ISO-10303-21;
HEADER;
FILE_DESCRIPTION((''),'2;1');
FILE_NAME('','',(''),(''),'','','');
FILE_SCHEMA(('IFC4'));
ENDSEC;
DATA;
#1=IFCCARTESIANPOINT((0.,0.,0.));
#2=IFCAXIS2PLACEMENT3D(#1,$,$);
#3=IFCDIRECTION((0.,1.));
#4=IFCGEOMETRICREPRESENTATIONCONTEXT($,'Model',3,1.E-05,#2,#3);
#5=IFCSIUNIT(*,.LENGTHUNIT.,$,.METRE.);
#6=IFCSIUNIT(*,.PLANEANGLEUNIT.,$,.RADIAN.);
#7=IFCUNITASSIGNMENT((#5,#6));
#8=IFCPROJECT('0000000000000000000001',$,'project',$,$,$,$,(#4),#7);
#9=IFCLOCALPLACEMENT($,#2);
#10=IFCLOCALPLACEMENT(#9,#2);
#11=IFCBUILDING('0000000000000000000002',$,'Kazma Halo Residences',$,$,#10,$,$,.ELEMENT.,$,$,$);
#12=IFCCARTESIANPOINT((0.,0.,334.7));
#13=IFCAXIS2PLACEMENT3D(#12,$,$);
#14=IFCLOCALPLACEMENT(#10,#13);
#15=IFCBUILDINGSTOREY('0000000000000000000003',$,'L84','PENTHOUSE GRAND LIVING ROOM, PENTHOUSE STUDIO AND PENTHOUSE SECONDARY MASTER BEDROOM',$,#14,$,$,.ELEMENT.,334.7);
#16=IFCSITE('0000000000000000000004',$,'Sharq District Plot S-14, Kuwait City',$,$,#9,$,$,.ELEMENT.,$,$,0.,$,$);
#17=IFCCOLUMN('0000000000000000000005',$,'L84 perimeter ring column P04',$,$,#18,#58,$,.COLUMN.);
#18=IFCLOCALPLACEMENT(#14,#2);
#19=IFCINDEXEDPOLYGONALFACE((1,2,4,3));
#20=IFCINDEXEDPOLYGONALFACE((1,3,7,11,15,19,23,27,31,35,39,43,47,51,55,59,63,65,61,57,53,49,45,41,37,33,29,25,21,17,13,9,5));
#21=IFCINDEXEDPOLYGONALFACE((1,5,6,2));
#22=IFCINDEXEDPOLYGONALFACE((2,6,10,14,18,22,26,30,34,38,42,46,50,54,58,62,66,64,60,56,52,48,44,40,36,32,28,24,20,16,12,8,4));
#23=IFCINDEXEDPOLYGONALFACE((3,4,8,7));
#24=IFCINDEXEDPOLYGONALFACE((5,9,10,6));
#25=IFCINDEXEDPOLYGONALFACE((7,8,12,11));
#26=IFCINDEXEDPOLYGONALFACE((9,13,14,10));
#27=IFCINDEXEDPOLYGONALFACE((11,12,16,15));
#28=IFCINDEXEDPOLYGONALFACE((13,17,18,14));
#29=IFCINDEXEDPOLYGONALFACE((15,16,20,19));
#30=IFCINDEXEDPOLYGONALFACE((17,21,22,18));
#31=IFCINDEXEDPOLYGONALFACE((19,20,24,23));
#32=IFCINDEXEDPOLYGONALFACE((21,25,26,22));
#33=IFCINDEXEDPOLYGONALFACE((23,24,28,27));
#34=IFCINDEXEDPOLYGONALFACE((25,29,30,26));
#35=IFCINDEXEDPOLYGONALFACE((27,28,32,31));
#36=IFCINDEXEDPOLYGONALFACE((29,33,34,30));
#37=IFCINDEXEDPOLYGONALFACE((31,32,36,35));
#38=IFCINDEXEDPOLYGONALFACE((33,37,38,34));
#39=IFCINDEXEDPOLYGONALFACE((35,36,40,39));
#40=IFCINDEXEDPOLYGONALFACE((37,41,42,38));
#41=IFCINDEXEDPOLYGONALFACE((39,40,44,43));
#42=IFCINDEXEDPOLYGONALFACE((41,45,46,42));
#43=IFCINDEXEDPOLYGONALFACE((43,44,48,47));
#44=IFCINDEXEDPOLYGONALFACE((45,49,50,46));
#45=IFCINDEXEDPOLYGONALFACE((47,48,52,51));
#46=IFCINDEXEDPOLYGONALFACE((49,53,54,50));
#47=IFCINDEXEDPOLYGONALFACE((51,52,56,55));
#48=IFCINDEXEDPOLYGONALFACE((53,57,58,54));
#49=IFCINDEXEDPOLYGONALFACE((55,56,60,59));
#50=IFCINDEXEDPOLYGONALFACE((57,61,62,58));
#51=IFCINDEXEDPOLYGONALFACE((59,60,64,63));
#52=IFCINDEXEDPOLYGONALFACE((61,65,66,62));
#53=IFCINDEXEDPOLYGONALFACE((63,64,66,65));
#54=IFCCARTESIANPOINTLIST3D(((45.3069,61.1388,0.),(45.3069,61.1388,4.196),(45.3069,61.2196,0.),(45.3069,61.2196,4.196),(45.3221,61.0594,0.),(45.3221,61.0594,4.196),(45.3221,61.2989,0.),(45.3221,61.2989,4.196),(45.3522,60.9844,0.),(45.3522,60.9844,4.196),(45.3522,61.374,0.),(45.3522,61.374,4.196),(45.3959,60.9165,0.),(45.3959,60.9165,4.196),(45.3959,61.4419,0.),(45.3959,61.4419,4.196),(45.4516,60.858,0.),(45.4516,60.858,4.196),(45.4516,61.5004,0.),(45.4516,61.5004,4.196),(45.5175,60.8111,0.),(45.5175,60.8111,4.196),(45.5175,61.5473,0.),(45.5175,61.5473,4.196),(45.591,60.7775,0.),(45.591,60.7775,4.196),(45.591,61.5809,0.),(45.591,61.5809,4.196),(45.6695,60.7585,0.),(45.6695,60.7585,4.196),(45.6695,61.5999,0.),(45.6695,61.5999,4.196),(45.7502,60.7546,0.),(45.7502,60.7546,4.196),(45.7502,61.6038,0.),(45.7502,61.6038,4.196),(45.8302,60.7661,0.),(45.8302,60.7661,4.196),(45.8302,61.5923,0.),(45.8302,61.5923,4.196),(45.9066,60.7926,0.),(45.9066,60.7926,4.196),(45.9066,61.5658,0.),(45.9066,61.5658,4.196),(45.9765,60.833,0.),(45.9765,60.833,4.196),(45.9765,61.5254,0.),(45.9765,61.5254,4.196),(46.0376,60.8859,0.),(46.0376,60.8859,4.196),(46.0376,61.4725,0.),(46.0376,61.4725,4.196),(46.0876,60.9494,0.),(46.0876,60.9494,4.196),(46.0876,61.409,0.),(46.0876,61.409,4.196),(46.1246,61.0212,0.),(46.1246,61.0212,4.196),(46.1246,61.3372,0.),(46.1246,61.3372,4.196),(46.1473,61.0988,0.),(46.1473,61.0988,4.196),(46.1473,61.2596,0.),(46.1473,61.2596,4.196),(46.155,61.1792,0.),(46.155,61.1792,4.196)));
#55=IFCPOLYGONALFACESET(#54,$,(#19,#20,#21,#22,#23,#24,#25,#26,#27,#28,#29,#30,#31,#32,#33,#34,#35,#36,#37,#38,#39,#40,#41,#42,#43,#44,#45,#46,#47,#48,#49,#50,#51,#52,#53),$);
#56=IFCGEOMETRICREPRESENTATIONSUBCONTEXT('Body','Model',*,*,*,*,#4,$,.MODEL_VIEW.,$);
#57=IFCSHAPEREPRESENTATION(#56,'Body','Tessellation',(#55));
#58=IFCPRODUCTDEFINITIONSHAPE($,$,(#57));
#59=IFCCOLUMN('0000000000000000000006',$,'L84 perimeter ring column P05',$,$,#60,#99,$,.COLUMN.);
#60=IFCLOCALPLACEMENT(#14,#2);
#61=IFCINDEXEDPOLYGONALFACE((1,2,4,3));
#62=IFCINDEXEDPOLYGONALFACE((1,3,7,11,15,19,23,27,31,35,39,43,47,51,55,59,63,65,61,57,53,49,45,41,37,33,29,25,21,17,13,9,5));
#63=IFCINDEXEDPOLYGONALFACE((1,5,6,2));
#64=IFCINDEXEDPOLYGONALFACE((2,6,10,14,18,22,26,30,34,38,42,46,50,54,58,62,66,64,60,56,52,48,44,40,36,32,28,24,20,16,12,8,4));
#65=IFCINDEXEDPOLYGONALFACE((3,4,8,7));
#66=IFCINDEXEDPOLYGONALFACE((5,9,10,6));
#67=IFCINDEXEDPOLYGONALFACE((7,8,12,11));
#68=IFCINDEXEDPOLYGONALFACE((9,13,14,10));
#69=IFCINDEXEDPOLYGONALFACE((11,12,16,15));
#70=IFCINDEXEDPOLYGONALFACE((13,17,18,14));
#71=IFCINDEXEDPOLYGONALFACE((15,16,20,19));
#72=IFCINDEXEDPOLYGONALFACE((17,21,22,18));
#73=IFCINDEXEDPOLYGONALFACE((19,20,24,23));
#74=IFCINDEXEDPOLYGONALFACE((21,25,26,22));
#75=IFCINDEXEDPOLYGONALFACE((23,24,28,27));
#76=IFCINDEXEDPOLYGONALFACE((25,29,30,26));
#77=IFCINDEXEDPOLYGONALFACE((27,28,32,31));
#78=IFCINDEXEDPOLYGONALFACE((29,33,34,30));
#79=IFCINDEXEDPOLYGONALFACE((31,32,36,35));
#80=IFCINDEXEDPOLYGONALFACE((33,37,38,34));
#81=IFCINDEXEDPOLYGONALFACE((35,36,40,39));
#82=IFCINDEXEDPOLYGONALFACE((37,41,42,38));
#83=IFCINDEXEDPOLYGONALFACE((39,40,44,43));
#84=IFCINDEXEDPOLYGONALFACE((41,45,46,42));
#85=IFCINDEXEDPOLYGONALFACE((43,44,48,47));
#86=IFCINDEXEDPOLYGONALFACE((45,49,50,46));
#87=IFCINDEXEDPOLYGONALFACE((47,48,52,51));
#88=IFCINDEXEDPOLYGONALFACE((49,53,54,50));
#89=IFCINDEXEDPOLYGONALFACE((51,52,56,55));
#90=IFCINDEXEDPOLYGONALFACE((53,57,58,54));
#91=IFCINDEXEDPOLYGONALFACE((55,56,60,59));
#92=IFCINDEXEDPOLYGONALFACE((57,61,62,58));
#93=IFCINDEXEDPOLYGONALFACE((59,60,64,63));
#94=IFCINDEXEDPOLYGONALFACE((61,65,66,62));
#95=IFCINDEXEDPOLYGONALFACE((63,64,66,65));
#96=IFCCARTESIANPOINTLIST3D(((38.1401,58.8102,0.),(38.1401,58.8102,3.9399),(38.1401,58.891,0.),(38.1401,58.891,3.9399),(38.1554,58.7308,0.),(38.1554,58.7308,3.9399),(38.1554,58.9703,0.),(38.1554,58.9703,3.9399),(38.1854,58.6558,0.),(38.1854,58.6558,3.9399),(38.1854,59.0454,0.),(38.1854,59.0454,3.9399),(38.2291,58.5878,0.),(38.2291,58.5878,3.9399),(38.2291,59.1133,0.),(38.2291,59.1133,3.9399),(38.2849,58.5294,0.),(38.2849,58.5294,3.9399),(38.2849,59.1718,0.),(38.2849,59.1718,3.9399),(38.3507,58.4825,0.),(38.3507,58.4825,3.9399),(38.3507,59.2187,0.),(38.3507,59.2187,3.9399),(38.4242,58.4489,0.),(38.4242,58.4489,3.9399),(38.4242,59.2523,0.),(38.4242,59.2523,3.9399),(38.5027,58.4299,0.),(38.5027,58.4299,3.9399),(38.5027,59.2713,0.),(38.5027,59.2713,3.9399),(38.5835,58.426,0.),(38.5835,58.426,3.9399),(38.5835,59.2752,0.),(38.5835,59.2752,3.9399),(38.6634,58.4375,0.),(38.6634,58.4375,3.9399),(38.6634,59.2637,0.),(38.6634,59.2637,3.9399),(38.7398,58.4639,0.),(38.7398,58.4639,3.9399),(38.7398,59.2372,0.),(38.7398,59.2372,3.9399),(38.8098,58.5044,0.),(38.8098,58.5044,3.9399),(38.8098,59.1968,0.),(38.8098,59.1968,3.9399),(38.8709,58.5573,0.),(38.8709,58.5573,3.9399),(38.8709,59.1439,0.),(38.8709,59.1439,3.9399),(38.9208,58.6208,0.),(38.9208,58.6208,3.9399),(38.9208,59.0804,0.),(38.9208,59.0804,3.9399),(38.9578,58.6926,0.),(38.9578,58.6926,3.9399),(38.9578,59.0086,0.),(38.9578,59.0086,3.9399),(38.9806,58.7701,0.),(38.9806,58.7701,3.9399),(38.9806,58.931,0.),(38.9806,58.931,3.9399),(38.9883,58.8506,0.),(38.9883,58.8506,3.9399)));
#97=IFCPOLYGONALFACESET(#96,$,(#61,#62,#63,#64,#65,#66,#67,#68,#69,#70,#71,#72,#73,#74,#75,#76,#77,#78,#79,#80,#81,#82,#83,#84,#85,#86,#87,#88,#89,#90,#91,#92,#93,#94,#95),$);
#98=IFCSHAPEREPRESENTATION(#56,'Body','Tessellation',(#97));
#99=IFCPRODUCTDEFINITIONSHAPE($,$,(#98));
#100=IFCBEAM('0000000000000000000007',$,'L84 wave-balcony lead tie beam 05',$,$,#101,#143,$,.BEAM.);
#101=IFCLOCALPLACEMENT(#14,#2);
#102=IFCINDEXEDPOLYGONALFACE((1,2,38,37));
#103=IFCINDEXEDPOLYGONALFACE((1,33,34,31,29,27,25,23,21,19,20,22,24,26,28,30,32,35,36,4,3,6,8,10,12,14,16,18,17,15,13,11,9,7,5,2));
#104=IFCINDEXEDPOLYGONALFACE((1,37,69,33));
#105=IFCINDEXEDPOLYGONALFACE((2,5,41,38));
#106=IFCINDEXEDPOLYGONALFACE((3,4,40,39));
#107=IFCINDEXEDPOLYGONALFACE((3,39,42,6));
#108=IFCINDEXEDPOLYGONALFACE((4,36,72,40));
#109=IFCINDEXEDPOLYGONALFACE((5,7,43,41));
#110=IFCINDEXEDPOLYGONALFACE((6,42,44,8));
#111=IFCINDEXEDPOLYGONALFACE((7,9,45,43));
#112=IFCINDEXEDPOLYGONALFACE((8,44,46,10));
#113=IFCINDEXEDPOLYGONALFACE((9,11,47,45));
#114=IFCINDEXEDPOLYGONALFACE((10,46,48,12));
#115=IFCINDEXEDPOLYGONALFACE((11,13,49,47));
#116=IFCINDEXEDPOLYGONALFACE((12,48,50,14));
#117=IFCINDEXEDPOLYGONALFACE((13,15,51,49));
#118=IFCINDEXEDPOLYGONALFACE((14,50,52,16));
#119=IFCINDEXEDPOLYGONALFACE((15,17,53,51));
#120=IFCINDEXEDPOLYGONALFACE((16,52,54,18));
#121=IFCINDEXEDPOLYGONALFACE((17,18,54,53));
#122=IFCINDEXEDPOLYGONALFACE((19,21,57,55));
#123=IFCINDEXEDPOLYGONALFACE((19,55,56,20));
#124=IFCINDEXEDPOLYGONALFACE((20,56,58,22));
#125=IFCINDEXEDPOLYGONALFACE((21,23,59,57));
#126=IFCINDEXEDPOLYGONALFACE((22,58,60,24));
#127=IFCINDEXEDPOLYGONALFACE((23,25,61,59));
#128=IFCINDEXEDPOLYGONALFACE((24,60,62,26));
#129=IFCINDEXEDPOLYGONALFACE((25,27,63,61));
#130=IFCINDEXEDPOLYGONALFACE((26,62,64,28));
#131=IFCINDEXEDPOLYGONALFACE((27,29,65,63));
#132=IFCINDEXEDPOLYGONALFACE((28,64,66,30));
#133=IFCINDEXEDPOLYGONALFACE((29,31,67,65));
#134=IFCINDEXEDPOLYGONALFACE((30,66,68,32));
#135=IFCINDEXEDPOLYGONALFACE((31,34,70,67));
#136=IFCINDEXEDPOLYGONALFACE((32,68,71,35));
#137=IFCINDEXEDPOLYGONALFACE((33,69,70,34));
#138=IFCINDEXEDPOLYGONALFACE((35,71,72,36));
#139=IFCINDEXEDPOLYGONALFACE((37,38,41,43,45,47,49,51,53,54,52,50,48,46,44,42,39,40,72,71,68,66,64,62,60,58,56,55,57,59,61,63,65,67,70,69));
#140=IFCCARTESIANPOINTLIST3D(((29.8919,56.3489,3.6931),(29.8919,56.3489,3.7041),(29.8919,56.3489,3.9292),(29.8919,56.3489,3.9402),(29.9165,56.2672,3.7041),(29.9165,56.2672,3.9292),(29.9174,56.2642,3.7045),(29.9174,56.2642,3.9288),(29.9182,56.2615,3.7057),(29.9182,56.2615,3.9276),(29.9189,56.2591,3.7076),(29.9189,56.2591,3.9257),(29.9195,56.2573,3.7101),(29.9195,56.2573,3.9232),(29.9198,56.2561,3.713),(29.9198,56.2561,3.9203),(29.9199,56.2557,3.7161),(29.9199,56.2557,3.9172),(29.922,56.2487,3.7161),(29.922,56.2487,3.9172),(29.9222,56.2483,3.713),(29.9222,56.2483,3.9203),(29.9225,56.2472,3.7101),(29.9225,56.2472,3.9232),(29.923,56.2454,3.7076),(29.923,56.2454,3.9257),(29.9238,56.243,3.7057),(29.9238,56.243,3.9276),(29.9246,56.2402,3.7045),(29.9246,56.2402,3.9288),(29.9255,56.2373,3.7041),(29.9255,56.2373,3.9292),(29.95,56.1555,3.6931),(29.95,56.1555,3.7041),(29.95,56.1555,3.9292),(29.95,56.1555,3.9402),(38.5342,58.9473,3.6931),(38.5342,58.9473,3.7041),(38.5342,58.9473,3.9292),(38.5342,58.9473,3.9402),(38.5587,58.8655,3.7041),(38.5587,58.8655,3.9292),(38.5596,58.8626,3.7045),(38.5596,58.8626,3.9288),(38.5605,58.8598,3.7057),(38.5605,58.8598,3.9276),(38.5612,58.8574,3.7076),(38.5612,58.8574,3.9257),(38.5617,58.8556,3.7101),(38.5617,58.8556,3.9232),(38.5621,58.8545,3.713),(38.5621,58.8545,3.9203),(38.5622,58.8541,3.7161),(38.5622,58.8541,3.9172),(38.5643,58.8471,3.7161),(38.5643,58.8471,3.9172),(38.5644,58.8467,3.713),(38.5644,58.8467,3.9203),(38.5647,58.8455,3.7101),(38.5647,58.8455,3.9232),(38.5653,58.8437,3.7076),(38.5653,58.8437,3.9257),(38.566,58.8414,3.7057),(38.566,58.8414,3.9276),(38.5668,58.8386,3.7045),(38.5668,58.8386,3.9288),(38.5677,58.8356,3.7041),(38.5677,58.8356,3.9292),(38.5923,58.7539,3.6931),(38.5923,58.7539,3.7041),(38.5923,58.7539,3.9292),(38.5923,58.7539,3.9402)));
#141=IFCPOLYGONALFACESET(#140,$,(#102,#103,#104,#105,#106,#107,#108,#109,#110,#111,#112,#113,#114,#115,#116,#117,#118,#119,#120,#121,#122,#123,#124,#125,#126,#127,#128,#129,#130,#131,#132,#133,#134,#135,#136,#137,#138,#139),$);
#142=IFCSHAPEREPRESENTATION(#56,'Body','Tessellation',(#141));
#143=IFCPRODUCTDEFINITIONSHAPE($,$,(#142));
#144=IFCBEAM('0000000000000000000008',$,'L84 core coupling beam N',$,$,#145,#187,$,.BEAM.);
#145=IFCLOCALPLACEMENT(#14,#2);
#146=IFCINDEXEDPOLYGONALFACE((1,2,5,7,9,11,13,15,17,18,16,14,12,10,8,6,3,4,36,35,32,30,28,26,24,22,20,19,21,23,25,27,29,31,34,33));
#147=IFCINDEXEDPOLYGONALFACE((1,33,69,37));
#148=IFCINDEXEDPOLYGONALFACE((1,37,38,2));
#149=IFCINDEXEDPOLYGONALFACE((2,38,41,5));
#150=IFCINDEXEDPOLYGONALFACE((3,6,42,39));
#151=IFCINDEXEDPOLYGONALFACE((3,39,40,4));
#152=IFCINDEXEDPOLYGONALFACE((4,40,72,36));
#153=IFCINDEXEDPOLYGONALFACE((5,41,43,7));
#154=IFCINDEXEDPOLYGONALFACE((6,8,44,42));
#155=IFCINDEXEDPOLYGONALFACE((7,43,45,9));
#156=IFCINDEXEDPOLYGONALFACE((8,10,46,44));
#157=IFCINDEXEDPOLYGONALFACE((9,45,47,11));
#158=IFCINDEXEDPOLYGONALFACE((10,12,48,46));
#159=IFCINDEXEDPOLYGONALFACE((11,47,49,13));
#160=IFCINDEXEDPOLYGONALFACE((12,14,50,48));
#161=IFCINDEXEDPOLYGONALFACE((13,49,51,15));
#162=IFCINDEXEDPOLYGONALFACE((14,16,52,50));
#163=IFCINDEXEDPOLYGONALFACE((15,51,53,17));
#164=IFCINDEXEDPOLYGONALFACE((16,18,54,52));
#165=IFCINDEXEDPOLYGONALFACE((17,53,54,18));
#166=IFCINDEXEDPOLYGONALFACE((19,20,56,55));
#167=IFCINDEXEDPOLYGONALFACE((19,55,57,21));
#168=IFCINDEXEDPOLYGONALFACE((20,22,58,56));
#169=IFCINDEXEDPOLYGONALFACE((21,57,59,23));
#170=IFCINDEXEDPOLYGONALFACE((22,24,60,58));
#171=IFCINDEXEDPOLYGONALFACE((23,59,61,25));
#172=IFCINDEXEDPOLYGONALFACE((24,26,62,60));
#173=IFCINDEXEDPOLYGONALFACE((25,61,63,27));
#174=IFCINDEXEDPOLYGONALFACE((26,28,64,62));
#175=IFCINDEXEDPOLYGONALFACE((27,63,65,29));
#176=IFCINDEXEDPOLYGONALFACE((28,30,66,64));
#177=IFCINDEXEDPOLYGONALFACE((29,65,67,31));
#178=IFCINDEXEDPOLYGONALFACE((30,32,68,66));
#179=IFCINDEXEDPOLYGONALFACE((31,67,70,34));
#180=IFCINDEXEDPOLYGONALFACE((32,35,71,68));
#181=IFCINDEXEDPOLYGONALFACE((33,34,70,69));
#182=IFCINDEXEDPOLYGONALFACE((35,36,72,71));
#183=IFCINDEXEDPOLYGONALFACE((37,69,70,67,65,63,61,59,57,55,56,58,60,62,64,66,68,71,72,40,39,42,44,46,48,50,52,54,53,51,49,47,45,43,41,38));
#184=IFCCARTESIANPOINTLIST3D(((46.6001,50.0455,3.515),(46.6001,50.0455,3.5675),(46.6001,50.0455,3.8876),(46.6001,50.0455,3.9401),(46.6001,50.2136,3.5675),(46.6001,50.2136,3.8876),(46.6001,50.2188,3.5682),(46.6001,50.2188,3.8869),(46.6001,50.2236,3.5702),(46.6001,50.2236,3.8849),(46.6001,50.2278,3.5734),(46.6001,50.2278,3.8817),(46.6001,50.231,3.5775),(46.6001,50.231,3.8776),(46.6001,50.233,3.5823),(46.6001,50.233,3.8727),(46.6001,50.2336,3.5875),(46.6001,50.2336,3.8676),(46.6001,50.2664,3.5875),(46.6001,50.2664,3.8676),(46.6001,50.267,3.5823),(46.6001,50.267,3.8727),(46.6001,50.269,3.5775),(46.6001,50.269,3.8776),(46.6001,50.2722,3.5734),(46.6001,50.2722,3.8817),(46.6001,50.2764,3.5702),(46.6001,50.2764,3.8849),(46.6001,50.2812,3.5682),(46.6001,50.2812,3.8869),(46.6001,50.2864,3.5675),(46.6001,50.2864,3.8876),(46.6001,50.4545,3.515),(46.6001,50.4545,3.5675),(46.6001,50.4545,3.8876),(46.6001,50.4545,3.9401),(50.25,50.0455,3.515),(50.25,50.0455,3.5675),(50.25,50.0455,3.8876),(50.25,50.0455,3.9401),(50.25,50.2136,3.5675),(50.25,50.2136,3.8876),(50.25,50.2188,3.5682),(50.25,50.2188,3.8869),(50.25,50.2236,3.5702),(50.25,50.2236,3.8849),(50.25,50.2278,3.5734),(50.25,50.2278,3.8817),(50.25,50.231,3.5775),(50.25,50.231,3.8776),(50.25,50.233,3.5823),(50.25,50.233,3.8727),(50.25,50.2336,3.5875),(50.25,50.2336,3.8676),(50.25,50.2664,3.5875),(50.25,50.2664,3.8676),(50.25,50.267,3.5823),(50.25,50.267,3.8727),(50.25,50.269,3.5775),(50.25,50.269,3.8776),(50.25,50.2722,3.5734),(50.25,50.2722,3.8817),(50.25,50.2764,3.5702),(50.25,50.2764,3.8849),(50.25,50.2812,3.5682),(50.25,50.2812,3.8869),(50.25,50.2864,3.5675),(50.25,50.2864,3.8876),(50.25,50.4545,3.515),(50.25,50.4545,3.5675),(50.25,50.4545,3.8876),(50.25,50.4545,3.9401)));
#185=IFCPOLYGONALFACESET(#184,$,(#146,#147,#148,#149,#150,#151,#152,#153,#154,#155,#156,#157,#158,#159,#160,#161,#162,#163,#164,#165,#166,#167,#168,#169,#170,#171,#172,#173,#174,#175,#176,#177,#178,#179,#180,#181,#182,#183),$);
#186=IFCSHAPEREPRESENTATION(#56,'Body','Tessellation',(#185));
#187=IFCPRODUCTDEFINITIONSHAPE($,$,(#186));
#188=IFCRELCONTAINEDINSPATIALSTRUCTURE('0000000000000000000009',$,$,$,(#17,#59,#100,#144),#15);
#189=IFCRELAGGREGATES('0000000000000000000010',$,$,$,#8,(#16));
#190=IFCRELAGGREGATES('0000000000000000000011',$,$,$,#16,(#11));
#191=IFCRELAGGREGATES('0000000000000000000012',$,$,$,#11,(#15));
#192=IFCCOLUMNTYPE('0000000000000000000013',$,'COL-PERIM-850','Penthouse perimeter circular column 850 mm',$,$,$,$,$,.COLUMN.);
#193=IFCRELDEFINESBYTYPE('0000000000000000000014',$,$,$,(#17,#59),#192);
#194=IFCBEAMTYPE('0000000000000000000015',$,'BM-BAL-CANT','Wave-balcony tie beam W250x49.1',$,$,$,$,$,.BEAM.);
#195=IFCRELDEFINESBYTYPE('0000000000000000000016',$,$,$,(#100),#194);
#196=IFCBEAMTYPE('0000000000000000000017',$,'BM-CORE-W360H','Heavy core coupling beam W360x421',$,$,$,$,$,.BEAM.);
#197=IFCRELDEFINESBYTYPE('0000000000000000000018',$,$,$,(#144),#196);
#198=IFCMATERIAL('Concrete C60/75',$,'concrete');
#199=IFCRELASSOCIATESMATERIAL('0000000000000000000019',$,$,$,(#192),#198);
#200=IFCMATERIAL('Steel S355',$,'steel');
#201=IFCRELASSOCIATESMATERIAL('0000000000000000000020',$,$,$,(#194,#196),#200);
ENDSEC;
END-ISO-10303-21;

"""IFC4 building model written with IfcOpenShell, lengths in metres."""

from ifc_helpers import new_model, si_unit, direction, frame, origin, origin_2d, place, context, subcontext, project, spatial, circle, i_section, extrude, material, material_profile, profile_set, type_object, element, save


model = new_model("IFC4")

# Units and contexts
model_context = context("Model", 3, precision=1e-05, world=origin(), true_north=direction((0.0, 1.0)))
body_context = subcontext(model_context, "Body", "Model", "MODEL_VIEW")
ifc_project = project(units=[si_unit("LENGTHUNIT", "METRE"), si_unit("PLANEANGLEUNIT", "RADIAN")], contexts=[model_context])

# Site, building, storey
site_placement = place(None, origin())
site = spatial("IfcSite", under=ifc_project, at=site_placement, Name="Sharq District Plot S-14, Kuwait City", CompositionType="ELEMENT", RefElevation=0.0)
building_placement = place(site_placement, origin())
building = spatial("IfcBuilding", under=site, at=building_placement, Name="Kazma Halo Residences", CompositionType="ELEMENT")
storey_placement = place(building_placement, frame((0.0, 0.0, 334.7)))
storey = spatial("IfcBuildingStorey", under=building, at=storey_placement, Name="L84", Description="PENTHOUSE GRAND LIVING ROOM, PENTHOUSE STUDIO AND PENTHOUSE SECONDARY MASTER BEDROOM", CompositionType="ELEMENT", Elevation=334.7)

# Columns
ifc_material_1 = material(Name="Concrete C60/75", Category="concrete")
ifc_material_profile_1 = material_profile(ifc_material_1, circle(Radius=0.425, at=origin_2d()), Name="CIRC850")
ifc_profile_set_1 = profile_set([ifc_material_profile_1], Name="Concrete C60/75")
column_type = type_object("IfcColumnType", Name="COL-PERIM-850", Description="Penthouse perimeter circular column 850 mm", PredefinedType="COLUMN", material=ifc_profile_set_1)
column_1_placement = place(storey_placement, frame((45.73, 61.1792, 0.0), z_axis=(0.0, 0.0, 1.0), x_axis=(1.0, 0.0, 0.0)))
element("IfcColumn", 1, at=column_1_placement, inside=storey, type_object=column_type, Name="L84 perimeter ring column P04", PredefinedType="COLUMN", context=body_context, shape_type="SweptSolid", body=[
    extrude(circle(Radius=0.425, at=origin_2d()), origin(), (0.0, 0.0, 1.0), 4.196),
])
column_2_placement = place(storey_placement, frame((38.5632, 58.8506, 0.0), z_axis=(0.0, 0.0, 1.0), x_axis=(1.0, 0.0, 0.0)))
element("IfcColumn", 2, at=column_2_placement, inside=storey, type_object=column_type, Name="L84 perimeter ring column P05", PredefinedType="COLUMN", context=body_context, shape_type="SweptSolid", body=[
    extrude(circle(Radius=0.425, at=origin_2d()), origin(), (0.0, 0.0, 1.0), 3.9399),
])

# Beams
ifc_material_2 = material(Name="Steel S355", Category="steel")
ifc_material_profile_2 = material_profile(ifc_material_2, i_section(OverallWidth=0.2019, OverallDepth=0.2471, WebThickness=0.0073, FlangeThickness=0.011, FilletRadius=0.012, at=origin_2d()), Name="W250x49.1")
ifc_profile_set_2 = profile_set([ifc_material_profile_2], Name="Steel S355")
beam_type_1 = type_object("IfcBeamType", Name="BM-BAL-CANT", Description="Wave-balcony tie beam W250x49.1", PredefinedType="BEAM", material=ifc_profile_set_2)
beam_1_placement = place(storey_placement, frame((38.5632, 58.8506, 3.8167), z_axis=(-0.957653, -0.287926, 0.0), x_axis=(0.287926, -0.957653, 0.0)))
element("IfcBeam", 3, at=beam_1_placement, inside=storey, type_object=beam_type_1, Name="L84 wave-balcony lead tie beam 05", PredefinedType="BEAM", context=body_context, shape_type="SweptSolid", body=[
    extrude(i_section(OverallWidth=0.2019, OverallDepth=0.2471, WebThickness=0.0073, FlangeThickness=0.011, FilletRadius=0.012, at=origin_2d()), origin(), (0.0, 0.0, 1.0), 9.0244),
])
ifc_material_profile_3 = material_profile(ifc_material_2, i_section(OverallWidth=0.4089, OverallDepth=0.425, WebThickness=0.0327, FlangeThickness=0.0525, FilletRadius=0.02, at=origin_2d()), Name="W360x421")
ifc_profile_set_3 = profile_set([ifc_material_profile_3], Name="Steel S355")
beam_type_2 = type_object("IfcBeamType", Name="BM-CORE-W360H", Description="Heavy core coupling beam W360x421", PredefinedType="BEAM", material=ifc_profile_set_3)
beam_2_placement = place(storey_placement, frame((46.6001, 50.25, 3.7275), z_axis=(1.0, 0.0, 0.0), x_axis=(0.0, 1.0, 0.0)))
element("IfcBeam", 4, at=beam_2_placement, inside=storey, type_object=beam_type_2, Name="L84 core coupling beam N", PredefinedType="BEAM", context=body_context, shape_type="SweptSolid", body=[
    extrude(i_section(OverallWidth=0.4089, OverallDepth=0.425, WebThickness=0.0327, FlangeThickness=0.0525, FilletRadius=0.02, at=origin_2d()), origin(), (0.0, 0.0, 1.0), 3.6499),
])

save(model, "model.ifc")
